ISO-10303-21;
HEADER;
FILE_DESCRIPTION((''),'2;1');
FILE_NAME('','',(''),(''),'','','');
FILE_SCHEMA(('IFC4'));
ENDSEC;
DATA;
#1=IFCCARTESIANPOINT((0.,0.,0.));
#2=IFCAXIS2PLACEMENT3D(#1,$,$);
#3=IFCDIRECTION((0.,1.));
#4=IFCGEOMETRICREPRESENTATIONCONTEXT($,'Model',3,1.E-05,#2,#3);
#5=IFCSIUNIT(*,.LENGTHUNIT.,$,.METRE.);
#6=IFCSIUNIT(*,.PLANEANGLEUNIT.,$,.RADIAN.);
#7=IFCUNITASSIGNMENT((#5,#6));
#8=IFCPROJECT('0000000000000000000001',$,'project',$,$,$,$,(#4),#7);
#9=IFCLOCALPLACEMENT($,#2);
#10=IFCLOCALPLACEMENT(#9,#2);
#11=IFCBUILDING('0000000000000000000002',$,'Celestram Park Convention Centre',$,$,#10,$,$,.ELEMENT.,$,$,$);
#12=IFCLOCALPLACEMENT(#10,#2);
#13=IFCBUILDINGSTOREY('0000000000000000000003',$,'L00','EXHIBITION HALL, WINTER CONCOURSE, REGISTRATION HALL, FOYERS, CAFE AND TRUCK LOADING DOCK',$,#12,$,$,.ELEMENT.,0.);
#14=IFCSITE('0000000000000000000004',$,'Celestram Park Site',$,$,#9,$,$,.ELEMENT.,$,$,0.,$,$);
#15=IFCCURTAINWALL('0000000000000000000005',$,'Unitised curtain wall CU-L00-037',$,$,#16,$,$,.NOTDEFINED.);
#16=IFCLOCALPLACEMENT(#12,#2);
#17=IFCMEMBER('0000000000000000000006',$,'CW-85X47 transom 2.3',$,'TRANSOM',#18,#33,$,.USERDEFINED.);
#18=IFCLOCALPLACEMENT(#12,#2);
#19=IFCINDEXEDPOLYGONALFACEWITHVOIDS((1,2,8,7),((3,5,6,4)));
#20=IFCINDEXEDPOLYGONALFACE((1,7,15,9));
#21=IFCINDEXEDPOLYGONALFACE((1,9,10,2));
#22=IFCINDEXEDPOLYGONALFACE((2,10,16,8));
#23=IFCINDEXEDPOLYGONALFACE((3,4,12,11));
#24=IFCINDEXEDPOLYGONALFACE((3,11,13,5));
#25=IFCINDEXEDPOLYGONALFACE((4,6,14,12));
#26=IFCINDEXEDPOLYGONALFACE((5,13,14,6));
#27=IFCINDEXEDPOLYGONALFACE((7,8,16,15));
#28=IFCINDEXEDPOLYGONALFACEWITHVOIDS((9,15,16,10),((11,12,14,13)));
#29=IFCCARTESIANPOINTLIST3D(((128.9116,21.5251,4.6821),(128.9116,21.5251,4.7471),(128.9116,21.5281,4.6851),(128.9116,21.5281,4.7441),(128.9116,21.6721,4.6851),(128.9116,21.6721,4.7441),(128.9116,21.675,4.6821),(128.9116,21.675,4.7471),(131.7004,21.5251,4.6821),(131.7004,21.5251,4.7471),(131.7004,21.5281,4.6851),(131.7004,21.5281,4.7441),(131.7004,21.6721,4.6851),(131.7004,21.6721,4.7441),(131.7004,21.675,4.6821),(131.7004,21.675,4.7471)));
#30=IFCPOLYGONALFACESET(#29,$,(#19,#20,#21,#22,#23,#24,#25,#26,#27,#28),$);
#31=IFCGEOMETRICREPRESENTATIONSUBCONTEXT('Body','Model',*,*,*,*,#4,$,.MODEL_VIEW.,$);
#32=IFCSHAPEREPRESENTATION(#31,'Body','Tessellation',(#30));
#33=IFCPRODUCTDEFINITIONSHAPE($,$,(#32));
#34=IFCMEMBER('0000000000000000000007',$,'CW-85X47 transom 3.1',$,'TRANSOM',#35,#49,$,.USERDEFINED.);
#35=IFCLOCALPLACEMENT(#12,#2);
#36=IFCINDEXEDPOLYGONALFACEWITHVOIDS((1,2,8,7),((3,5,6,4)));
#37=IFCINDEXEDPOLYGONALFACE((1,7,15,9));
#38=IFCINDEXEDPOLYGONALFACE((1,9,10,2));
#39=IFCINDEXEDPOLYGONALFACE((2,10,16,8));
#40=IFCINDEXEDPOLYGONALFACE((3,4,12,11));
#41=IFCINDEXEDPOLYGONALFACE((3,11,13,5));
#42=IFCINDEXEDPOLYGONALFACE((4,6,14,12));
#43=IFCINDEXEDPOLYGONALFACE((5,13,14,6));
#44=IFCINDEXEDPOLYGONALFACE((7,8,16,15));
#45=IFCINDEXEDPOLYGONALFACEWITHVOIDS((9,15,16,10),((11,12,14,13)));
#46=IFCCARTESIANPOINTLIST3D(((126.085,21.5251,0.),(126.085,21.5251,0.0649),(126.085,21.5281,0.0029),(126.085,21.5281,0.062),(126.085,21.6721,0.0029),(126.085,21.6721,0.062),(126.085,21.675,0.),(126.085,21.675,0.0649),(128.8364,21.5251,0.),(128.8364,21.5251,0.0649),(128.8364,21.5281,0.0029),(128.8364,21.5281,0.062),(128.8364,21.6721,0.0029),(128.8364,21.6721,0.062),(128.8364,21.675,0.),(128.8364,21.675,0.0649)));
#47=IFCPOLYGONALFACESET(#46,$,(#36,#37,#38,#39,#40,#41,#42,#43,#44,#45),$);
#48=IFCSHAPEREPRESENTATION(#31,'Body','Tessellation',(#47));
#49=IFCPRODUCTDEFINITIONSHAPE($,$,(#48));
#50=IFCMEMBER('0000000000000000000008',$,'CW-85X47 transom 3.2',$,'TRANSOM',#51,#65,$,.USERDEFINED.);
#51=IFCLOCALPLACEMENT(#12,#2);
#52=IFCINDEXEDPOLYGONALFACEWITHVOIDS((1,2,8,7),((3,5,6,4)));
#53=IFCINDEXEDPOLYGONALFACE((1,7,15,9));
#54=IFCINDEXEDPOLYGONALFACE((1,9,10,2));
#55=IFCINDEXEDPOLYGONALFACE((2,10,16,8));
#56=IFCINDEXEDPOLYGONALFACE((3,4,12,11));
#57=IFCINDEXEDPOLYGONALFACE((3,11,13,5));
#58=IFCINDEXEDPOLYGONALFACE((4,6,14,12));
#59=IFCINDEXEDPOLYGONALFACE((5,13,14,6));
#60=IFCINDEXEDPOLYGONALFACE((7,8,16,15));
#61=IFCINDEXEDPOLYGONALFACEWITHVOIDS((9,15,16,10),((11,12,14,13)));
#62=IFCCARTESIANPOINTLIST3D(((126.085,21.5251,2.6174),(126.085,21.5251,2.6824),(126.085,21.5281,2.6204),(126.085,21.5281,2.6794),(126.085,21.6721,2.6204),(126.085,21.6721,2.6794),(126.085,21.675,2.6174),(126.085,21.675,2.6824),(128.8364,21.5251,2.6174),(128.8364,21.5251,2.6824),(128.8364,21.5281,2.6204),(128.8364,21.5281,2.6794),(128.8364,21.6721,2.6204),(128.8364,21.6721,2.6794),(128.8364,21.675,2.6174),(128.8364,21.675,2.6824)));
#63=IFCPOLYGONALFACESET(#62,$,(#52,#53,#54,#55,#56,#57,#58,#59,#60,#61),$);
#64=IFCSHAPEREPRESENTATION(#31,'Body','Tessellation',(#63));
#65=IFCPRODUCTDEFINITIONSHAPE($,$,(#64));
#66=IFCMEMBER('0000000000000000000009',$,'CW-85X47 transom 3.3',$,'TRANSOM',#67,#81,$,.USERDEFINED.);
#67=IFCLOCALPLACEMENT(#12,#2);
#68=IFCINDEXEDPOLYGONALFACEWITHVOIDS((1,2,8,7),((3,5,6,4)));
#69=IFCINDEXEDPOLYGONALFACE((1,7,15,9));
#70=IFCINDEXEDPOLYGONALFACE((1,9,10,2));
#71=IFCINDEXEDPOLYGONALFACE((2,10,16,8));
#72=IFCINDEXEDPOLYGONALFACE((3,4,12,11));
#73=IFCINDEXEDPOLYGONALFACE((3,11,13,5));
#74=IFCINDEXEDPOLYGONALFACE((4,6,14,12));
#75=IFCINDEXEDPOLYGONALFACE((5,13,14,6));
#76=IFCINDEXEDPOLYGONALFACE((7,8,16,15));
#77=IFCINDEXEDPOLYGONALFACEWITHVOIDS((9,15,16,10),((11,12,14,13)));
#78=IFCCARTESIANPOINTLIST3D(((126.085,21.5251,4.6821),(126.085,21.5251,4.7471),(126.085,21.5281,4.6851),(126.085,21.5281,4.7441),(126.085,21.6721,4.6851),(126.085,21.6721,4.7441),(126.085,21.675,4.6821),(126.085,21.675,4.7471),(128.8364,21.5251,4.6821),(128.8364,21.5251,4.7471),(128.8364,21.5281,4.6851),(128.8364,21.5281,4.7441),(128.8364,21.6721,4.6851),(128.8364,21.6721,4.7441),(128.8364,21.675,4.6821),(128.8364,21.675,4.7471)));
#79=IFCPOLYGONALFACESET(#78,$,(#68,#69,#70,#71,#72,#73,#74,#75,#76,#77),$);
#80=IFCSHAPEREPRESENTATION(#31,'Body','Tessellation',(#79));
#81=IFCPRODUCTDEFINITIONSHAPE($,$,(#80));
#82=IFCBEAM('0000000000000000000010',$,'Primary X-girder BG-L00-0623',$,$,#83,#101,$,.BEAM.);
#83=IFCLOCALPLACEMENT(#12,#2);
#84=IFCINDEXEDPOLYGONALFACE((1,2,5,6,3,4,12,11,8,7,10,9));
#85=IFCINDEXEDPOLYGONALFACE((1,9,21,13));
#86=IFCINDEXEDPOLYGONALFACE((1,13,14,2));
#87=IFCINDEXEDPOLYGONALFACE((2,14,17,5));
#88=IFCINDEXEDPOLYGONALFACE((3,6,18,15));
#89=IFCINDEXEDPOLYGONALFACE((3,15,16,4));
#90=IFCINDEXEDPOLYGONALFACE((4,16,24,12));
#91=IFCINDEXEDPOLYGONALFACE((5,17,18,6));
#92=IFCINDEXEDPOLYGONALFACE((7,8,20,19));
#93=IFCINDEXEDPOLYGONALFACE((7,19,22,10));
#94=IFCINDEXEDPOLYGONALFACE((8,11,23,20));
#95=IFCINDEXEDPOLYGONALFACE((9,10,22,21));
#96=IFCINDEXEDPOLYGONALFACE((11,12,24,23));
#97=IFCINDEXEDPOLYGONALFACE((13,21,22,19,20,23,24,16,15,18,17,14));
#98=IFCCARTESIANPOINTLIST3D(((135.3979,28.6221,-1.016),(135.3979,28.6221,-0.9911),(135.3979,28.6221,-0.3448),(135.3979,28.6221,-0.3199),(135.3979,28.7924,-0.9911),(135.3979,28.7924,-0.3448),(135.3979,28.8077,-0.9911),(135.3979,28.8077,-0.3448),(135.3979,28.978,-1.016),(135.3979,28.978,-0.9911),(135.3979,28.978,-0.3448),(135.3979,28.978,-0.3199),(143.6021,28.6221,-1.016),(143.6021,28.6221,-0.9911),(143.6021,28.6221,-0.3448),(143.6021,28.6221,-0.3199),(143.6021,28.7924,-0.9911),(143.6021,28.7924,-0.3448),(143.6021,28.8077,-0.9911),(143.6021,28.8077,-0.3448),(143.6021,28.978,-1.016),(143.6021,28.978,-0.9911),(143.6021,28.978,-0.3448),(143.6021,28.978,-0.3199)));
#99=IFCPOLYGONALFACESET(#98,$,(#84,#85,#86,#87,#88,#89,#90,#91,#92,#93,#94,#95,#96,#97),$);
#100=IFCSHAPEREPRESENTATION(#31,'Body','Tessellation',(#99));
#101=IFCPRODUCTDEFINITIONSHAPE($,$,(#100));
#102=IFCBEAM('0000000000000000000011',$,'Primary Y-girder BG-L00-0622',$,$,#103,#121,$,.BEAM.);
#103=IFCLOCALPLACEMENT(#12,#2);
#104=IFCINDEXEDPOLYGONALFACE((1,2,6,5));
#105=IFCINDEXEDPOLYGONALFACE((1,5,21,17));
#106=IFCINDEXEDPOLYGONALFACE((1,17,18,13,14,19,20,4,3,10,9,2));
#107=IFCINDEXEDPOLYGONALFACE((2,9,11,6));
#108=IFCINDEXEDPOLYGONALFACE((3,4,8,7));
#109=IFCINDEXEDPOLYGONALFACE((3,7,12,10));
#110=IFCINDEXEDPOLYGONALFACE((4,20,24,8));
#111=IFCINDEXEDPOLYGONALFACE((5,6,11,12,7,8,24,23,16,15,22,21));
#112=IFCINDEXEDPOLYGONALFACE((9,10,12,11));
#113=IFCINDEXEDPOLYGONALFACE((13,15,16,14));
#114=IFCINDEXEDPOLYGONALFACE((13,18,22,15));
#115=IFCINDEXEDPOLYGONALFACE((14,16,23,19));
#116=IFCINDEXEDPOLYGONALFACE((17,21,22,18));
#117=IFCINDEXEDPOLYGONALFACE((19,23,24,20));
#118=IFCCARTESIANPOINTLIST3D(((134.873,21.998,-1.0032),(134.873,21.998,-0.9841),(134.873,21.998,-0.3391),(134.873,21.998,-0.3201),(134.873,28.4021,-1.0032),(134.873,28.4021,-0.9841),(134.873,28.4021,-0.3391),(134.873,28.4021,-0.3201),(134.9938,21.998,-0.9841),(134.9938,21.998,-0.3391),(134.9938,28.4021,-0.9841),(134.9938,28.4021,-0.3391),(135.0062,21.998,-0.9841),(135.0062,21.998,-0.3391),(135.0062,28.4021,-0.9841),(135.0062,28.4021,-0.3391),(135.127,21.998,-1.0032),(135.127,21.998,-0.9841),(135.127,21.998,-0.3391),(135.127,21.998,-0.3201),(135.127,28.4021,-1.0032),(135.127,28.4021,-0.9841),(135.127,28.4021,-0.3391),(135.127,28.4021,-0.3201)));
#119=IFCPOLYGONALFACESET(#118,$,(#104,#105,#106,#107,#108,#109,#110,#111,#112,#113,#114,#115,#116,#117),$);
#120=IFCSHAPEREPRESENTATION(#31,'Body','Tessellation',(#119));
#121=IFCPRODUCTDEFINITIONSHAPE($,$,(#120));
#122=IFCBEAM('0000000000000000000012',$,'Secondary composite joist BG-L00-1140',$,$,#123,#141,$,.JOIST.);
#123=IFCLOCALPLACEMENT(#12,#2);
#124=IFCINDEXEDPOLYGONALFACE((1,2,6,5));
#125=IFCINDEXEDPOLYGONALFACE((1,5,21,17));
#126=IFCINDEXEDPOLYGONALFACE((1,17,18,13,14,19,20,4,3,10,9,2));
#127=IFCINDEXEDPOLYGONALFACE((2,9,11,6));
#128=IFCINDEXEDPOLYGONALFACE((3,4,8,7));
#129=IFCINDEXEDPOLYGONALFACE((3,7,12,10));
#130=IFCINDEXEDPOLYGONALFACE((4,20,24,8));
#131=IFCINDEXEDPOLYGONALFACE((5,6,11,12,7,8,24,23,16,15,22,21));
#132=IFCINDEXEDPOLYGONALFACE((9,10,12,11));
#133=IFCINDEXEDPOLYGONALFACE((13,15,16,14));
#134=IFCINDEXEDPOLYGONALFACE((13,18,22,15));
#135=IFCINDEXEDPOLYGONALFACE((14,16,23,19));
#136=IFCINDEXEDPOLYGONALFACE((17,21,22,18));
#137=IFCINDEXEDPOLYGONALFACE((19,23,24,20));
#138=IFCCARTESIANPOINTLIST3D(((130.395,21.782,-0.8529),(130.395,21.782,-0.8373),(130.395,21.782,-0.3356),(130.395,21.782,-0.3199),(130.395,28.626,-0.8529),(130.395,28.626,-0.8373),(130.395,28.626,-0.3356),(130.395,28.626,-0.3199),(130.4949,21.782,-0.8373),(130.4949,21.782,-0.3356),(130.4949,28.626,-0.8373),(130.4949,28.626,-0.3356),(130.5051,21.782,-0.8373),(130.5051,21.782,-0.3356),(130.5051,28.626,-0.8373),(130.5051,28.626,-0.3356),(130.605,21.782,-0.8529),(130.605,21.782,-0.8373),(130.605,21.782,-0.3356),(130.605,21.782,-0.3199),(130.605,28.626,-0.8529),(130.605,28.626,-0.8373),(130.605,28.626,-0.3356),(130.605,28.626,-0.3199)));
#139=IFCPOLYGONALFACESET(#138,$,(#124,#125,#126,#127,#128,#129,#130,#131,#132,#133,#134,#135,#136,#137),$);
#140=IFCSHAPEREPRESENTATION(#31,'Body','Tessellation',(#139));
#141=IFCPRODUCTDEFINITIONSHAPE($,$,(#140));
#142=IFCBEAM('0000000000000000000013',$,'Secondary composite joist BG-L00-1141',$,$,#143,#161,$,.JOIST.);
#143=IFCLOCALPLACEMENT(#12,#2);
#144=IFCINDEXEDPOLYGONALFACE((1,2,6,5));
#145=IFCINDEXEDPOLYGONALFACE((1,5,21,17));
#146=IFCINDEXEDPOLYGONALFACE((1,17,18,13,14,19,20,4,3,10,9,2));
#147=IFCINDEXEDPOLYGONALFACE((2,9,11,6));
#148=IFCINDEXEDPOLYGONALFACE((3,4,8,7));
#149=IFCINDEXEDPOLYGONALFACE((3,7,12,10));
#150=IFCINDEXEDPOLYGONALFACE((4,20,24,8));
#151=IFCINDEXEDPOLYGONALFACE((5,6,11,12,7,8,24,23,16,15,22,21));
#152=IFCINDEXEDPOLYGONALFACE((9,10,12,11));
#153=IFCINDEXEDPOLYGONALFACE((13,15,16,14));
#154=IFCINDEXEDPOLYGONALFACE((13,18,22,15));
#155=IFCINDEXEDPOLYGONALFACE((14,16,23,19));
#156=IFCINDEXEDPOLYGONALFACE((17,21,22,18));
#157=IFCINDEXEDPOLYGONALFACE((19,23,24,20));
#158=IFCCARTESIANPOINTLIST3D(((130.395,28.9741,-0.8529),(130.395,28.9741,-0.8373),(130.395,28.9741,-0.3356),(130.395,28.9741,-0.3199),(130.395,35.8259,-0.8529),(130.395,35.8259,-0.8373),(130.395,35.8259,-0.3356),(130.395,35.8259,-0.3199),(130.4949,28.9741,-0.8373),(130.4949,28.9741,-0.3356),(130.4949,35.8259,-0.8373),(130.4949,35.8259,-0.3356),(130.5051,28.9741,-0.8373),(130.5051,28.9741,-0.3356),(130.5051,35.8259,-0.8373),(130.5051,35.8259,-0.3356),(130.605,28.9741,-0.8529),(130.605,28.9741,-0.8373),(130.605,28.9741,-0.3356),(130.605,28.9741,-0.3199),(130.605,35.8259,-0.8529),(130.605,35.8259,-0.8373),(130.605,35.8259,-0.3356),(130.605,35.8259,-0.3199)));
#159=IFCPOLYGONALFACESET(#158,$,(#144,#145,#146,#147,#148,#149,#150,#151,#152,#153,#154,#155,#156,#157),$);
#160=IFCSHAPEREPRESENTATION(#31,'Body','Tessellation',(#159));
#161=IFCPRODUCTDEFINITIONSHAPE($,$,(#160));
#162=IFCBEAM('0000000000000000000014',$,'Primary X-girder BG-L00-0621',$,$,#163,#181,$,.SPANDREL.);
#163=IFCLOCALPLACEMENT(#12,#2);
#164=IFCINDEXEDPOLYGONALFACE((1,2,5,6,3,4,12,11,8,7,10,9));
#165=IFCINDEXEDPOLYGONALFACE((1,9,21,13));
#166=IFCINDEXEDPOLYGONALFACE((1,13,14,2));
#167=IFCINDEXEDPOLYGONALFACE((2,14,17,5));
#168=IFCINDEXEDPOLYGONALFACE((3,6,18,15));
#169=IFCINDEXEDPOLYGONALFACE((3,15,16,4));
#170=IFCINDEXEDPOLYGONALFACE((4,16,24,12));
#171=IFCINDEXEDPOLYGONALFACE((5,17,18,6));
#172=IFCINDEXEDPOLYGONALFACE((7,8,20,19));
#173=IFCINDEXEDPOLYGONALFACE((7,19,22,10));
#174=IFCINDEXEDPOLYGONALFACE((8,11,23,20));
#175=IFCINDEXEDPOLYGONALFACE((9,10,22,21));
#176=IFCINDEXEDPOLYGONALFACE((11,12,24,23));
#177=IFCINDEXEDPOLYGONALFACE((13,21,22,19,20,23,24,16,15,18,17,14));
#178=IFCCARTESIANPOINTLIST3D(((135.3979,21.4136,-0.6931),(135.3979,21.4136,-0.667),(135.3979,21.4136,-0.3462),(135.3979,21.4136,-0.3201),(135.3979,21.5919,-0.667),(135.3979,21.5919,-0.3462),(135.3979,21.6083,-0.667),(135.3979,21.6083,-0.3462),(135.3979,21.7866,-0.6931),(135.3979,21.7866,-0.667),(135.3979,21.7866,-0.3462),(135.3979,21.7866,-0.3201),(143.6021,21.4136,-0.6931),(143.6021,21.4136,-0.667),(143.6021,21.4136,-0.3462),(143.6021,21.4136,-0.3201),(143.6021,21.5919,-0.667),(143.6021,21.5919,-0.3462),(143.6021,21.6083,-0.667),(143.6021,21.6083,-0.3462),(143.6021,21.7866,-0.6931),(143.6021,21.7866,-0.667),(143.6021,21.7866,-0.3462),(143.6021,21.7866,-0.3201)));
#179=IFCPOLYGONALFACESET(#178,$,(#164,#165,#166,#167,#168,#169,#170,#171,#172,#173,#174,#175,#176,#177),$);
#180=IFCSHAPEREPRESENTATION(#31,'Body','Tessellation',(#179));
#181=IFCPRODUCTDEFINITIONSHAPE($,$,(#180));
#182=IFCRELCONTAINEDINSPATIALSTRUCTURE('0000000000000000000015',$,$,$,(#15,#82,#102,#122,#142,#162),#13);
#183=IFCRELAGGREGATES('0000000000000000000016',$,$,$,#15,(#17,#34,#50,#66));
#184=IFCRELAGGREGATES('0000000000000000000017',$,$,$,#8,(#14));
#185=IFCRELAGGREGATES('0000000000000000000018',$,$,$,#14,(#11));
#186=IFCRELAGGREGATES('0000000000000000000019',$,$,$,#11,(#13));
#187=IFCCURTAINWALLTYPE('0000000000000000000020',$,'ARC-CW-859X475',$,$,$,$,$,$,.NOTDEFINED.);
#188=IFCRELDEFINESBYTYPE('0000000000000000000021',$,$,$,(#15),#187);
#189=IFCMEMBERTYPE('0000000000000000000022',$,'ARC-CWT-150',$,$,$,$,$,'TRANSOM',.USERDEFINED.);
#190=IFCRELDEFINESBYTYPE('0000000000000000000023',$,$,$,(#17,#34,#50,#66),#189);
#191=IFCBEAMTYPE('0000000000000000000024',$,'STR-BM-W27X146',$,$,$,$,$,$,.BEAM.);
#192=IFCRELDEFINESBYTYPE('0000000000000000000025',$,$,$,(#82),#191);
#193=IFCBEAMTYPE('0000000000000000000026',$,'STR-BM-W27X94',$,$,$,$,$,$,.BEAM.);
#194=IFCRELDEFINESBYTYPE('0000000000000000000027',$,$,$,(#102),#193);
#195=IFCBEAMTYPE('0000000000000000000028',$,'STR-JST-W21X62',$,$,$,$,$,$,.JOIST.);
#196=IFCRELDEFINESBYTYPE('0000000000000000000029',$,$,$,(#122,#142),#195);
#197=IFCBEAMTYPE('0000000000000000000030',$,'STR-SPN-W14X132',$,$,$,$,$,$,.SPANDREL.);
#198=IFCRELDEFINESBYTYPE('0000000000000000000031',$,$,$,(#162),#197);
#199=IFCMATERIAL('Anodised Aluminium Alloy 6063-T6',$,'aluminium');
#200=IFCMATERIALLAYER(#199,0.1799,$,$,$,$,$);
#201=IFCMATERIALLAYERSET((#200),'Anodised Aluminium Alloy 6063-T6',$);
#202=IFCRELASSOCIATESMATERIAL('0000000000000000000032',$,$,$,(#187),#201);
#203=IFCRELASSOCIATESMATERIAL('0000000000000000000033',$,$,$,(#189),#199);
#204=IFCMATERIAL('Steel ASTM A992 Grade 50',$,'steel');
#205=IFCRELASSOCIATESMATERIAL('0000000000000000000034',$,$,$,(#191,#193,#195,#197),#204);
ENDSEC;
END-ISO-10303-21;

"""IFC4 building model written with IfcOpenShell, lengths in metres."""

from ifc_helpers import new_model, si_unit, direction, frame, origin, origin_2d, place, context, subcontext, project, spatial, hollow_rectangle, i_section, extrude, material, layer, layer_set, material_profile, profile_set, type_object, element, aggregate, save


model = new_model("IFC4")

# Units and contexts
model_context = context("Model", 3, precision=1e-05, world=origin(), true_north=direction((0.0, 1.0)))
body_context = subcontext(model_context, "Body", "Model", "MODEL_VIEW")
ifc_project = project(units=[si_unit("LENGTHUNIT", "METRE"), si_unit("PLANEANGLEUNIT", "RADIAN")], contexts=[model_context])

# Site, building, storey
site_placement = place(None, origin())
site = spatial("IfcSite", under=ifc_project, at=site_placement, Name="Celestram Park Site", CompositionType="ELEMENT", RefElevation=0.0)
building_placement = place(site_placement, origin())
building = spatial("IfcBuilding", under=site, at=building_placement, Name="Celestram Park Convention Centre", CompositionType="ELEMENT")
storey_placement = place(building_placement, origin())
storey = spatial("IfcBuildingStorey", under=building, at=storey_placement, Name="L00", Description="EXHIBITION HALL, WINTER CONCOURSE, REGISTRATION HALL, FOYERS, CAFE AND TRUCK LOADING DOCK", CompositionType="ELEMENT", Elevation=0.0)

# Shared definitions
ifc_material_1 = material(Name="Anodised Aluminium Alloy 6063-T6", Category="aluminium")

# Curtain wall, members
ifc_layer_1 = layer(ifc_material_1, 0.1799)
ifc_layer_set_1 = layer_set([ifc_layer_1], Name="Anodised Aluminium Alloy 6063-T6")
curtain_wall_type_1 = type_object("IfcCurtainWallType", Name="ARC-CW-859X475", PredefinedType="NOTDEFINED", material=ifc_layer_set_1)
curtain_wall_1_placement = place(storey_placement, origin())
curtain_wall_1 = element("IfcCurtainWall", 1, at=curtain_wall_1_placement, inside=storey, type_object=curtain_wall_type_1, Name="Unitised curtain wall CU-L00-037", PredefinedType="NOTDEFINED")
ifc_material_profile_1 = material_profile(ifc_material_1, hollow_rectangle(XDim=0.1499, YDim=0.0649, WallThickness=0.0029, at=origin_2d()), Name="ALU150X65X3")
ifc_profile_set_1 = profile_set([ifc_material_profile_1], Name="Anodised Aluminium Alloy 6063-T6")
member_type_1 = type_object("IfcMemberType", Name="ARC-CWT-150", ElementType="TRANSOM", PredefinedType="USERDEFINED", material=ifc_profile_set_1)
member_1_placement = place(storey_placement, frame((131.7004, 21.6001, 4.7146), z_axis=(-1.0, 0.0, 0.0), x_axis=(0.0, -1.0, 0.0)))
member_1 = element("IfcMember", 2, at=member_1_placement, type_object=member_type_1, Name="CW-85X47 transom 2.3", ObjectType="TRANSOM", PredefinedType="USERDEFINED", context=body_context, shape_type="SweptSolid", body=[
    extrude(hollow_rectangle(XDim=0.1499, YDim=0.0649, WallThickness=0.0029, at=origin_2d()), origin(), (0.0, 0.0, 1.0), 2.7888),
])
member_2_placement = place(storey_placement, frame((128.8364, 21.6001, 0.0325), z_axis=(-1.0, 0.0, 0.0), x_axis=(0.0, -1.0, 0.0)))
member_2 = element("IfcMember", 3, at=member_2_placement, type_object=member_type_1, Name="CW-85X47 transom 3.1", ObjectType="TRANSOM", PredefinedType="USERDEFINED", context=body_context, shape_type="SweptSolid", body=[
    extrude(hollow_rectangle(XDim=0.1499, YDim=0.0649, WallThickness=0.0029, at=origin_2d()), origin(), (0.0, 0.0, 1.0), 2.7515),
])
member_3_placement = place(storey_placement, frame((128.8364, 21.6001, 2.6499), z_axis=(-1.0, 0.0, 0.0), x_axis=(0.0, -1.0, 0.0)))
member_3 = element("IfcMember", 4, at=member_3_placement, type_object=member_type_1, Name="CW-85X47 transom 3.2", ObjectType="TRANSOM", PredefinedType="USERDEFINED", context=body_context, shape_type="SweptSolid", body=[
    extrude(hollow_rectangle(XDim=0.1499, YDim=0.0649, WallThickness=0.0029, at=origin_2d()), origin(), (0.0, 0.0, 1.0), 2.7515),
])
member_4_placement = place(storey_placement, frame((128.8364, 21.6001, 4.7146), z_axis=(-1.0, 0.0, 0.0), x_axis=(0.0, -1.0, 0.0)))
member_4 = element("IfcMember", 5, at=member_4_placement, type_object=member_type_1, Name="CW-85X47 transom 3.3", ObjectType="TRANSOM", PredefinedType="USERDEFINED", context=body_context, shape_type="SweptSolid", body=[
    extrude(hollow_rectangle(XDim=0.1499, YDim=0.0649, WallThickness=0.0029, at=origin_2d()), origin(), (0.0, 0.0, 1.0), 2.7515),
])

# Beams
ifc_material_2 = material(Name="Steel ASTM A992 Grade 50", Category="steel")
ifc_material_profile_2 = material_profile(ifc_material_2, i_section(OverallWidth=0.356, OverallDepth=0.696, WebThickness=0.0154, FlangeThickness=0.0249, at=origin_2d()), Name="W27X146")
ifc_profile_set_2 = profile_set([ifc_material_profile_2], Name="Steel ASTM A992 Grade 50")
beam_type_1 = type_object("IfcBeamType", Name="STR-BM-W27X146", PredefinedType="BEAM", material=ifc_profile_set_2)
beam_1_placement = place(storey_placement, frame((135.3979, 28.8, -0.668), z_axis=(1.0, 0.0, 0.0), x_axis=(0.0, 1.0, 0.0)))
element("IfcBeam", 6, at=beam_1_placement, inside=storey, type_object=beam_type_1, Name="Primary X-girder BG-L00-0623", PredefinedType="BEAM", context=body_context, shape_type="SweptSolid", body=[
    extrude(i_section(OverallWidth=0.356, OverallDepth=0.696, WebThickness=0.0154, FlangeThickness=0.0249, at=origin_2d()), origin(), (0.0, 0.0, 1.0), 8.2041),
])
ifc_material_profile_3 = material_profile(ifc_material_2, i_section(OverallWidth=0.2539, OverallDepth=0.6831, WebThickness=0.0125, FlangeThickness=0.019, at=origin_2d()), Name="W27X94")
ifc_profile_set_3 = profile_set([ifc_material_profile_3], Name="Steel ASTM A992 Grade 50")
beam_type_2 = type_object("IfcBeamType", Name="STR-BM-W27X94", PredefinedType="BEAM", material=ifc_profile_set_3)
beam_2_placement = place(storey_placement, frame((135.0, 21.998, -0.6616), z_axis=(0.0, 1.0, 0.0), x_axis=(-1.0, 0.0, 0.0)))
element("IfcBeam", 7, at=beam_2_placement, inside=storey, type_object=beam_type_2, Name="Primary Y-girder BG-L00-0622", PredefinedType="BEAM", context=body_context, shape_type="SweptSolid", body=[
    extrude(i_section(OverallWidth=0.2539, OverallDepth=0.6831, WebThickness=0.0125, FlangeThickness=0.019, at=origin_2d()), origin(), (0.0, 0.0, 1.0), 6.4041),
])
ifc_material_profile_4 = material_profile(ifc_material_2, i_section(OverallWidth=0.21, OverallDepth=0.533, WebThickness=0.0103, FlangeThickness=0.0156, at=origin_2d()), Name="W21X62")
ifc_profile_set_4 = profile_set([ifc_material_profile_4], Name="Steel ASTM A992 Grade 50")
beam_type_3 = type_object("IfcBeamType", Name="STR-JST-W21X62", PredefinedType="JOIST", material=ifc_profile_set_4)
beam_3_placement = place(storey_placement, frame((130.5, 21.782, -0.5864), z_axis=(0.0, 1.0, 0.0), x_axis=(-1.0, 0.0, 0.0)))
element("IfcBeam", 8, at=beam_3_placement, inside=storey, type_object=beam_type_3, Name="Secondary composite joist BG-L00-1140", PredefinedType="JOIST", context=body_context, shape_type="SweptSolid", body=[
    extrude(i_section(OverallWidth=0.21, OverallDepth=0.533, WebThickness=0.0103, FlangeThickness=0.0156, at=origin_2d()), origin(), (0.0, 0.0, 1.0), 6.844),
])
beam_4_placement = place(storey_placement, frame((130.5, 28.9741, -0.5864), z_axis=(0.0, 1.0, 0.0), x_axis=(-1.0, 0.0, 0.0)))
element("IfcBeam", 9, at=beam_4_placement, inside=storey, type_object=beam_type_3, Name="Secondary composite joist BG-L00-1141", PredefinedType="JOIST", context=body_context, shape_type="SweptSolid", body=[
    extrude(i_section(OverallWidth=0.21, OverallDepth=0.533, WebThickness=0.0103, FlangeThickness=0.0156, at=origin_2d()), origin(), (0.0, 0.0, 1.0), 6.8518),
])
ifc_material_profile_5 = material_profile(ifc_material_2, i_section(OverallWidth=0.373, OverallDepth=0.373, WebThickness=0.0164, FlangeThickness=0.0261, at=origin_2d()), Name="W14X132")
ifc_profile_set_5 = profile_set([ifc_material_profile_5], Name="Steel ASTM A992 Grade 50")
beam_type_4 = type_object("IfcBeamType", Name="STR-SPN-W14X132", PredefinedType="SPANDREL", material=ifc_profile_set_5)
beam_5_placement = place(storey_placement, frame((135.3979, 21.6001, -0.5066), z_axis=(1.0, 0.0, 0.0), x_axis=(0.0, 1.0, 0.0)))
element("IfcBeam", 10, at=beam_5_placement, inside=storey, type_object=beam_type_4, Name="Primary X-girder BG-L00-0621", PredefinedType="SPANDREL", context=body_context, shape_type="SweptSolid", body=[
    extrude(i_section(OverallWidth=0.373, OverallDepth=0.373, WebThickness=0.0164, FlangeThickness=0.0261, at=origin_2d()), origin(), (0.0, 0.0, 1.0), 8.2041),
])

aggregate(curtain_wall_1, [member_1, member_2, member_3, member_4])

save(model, "model.ifc")
